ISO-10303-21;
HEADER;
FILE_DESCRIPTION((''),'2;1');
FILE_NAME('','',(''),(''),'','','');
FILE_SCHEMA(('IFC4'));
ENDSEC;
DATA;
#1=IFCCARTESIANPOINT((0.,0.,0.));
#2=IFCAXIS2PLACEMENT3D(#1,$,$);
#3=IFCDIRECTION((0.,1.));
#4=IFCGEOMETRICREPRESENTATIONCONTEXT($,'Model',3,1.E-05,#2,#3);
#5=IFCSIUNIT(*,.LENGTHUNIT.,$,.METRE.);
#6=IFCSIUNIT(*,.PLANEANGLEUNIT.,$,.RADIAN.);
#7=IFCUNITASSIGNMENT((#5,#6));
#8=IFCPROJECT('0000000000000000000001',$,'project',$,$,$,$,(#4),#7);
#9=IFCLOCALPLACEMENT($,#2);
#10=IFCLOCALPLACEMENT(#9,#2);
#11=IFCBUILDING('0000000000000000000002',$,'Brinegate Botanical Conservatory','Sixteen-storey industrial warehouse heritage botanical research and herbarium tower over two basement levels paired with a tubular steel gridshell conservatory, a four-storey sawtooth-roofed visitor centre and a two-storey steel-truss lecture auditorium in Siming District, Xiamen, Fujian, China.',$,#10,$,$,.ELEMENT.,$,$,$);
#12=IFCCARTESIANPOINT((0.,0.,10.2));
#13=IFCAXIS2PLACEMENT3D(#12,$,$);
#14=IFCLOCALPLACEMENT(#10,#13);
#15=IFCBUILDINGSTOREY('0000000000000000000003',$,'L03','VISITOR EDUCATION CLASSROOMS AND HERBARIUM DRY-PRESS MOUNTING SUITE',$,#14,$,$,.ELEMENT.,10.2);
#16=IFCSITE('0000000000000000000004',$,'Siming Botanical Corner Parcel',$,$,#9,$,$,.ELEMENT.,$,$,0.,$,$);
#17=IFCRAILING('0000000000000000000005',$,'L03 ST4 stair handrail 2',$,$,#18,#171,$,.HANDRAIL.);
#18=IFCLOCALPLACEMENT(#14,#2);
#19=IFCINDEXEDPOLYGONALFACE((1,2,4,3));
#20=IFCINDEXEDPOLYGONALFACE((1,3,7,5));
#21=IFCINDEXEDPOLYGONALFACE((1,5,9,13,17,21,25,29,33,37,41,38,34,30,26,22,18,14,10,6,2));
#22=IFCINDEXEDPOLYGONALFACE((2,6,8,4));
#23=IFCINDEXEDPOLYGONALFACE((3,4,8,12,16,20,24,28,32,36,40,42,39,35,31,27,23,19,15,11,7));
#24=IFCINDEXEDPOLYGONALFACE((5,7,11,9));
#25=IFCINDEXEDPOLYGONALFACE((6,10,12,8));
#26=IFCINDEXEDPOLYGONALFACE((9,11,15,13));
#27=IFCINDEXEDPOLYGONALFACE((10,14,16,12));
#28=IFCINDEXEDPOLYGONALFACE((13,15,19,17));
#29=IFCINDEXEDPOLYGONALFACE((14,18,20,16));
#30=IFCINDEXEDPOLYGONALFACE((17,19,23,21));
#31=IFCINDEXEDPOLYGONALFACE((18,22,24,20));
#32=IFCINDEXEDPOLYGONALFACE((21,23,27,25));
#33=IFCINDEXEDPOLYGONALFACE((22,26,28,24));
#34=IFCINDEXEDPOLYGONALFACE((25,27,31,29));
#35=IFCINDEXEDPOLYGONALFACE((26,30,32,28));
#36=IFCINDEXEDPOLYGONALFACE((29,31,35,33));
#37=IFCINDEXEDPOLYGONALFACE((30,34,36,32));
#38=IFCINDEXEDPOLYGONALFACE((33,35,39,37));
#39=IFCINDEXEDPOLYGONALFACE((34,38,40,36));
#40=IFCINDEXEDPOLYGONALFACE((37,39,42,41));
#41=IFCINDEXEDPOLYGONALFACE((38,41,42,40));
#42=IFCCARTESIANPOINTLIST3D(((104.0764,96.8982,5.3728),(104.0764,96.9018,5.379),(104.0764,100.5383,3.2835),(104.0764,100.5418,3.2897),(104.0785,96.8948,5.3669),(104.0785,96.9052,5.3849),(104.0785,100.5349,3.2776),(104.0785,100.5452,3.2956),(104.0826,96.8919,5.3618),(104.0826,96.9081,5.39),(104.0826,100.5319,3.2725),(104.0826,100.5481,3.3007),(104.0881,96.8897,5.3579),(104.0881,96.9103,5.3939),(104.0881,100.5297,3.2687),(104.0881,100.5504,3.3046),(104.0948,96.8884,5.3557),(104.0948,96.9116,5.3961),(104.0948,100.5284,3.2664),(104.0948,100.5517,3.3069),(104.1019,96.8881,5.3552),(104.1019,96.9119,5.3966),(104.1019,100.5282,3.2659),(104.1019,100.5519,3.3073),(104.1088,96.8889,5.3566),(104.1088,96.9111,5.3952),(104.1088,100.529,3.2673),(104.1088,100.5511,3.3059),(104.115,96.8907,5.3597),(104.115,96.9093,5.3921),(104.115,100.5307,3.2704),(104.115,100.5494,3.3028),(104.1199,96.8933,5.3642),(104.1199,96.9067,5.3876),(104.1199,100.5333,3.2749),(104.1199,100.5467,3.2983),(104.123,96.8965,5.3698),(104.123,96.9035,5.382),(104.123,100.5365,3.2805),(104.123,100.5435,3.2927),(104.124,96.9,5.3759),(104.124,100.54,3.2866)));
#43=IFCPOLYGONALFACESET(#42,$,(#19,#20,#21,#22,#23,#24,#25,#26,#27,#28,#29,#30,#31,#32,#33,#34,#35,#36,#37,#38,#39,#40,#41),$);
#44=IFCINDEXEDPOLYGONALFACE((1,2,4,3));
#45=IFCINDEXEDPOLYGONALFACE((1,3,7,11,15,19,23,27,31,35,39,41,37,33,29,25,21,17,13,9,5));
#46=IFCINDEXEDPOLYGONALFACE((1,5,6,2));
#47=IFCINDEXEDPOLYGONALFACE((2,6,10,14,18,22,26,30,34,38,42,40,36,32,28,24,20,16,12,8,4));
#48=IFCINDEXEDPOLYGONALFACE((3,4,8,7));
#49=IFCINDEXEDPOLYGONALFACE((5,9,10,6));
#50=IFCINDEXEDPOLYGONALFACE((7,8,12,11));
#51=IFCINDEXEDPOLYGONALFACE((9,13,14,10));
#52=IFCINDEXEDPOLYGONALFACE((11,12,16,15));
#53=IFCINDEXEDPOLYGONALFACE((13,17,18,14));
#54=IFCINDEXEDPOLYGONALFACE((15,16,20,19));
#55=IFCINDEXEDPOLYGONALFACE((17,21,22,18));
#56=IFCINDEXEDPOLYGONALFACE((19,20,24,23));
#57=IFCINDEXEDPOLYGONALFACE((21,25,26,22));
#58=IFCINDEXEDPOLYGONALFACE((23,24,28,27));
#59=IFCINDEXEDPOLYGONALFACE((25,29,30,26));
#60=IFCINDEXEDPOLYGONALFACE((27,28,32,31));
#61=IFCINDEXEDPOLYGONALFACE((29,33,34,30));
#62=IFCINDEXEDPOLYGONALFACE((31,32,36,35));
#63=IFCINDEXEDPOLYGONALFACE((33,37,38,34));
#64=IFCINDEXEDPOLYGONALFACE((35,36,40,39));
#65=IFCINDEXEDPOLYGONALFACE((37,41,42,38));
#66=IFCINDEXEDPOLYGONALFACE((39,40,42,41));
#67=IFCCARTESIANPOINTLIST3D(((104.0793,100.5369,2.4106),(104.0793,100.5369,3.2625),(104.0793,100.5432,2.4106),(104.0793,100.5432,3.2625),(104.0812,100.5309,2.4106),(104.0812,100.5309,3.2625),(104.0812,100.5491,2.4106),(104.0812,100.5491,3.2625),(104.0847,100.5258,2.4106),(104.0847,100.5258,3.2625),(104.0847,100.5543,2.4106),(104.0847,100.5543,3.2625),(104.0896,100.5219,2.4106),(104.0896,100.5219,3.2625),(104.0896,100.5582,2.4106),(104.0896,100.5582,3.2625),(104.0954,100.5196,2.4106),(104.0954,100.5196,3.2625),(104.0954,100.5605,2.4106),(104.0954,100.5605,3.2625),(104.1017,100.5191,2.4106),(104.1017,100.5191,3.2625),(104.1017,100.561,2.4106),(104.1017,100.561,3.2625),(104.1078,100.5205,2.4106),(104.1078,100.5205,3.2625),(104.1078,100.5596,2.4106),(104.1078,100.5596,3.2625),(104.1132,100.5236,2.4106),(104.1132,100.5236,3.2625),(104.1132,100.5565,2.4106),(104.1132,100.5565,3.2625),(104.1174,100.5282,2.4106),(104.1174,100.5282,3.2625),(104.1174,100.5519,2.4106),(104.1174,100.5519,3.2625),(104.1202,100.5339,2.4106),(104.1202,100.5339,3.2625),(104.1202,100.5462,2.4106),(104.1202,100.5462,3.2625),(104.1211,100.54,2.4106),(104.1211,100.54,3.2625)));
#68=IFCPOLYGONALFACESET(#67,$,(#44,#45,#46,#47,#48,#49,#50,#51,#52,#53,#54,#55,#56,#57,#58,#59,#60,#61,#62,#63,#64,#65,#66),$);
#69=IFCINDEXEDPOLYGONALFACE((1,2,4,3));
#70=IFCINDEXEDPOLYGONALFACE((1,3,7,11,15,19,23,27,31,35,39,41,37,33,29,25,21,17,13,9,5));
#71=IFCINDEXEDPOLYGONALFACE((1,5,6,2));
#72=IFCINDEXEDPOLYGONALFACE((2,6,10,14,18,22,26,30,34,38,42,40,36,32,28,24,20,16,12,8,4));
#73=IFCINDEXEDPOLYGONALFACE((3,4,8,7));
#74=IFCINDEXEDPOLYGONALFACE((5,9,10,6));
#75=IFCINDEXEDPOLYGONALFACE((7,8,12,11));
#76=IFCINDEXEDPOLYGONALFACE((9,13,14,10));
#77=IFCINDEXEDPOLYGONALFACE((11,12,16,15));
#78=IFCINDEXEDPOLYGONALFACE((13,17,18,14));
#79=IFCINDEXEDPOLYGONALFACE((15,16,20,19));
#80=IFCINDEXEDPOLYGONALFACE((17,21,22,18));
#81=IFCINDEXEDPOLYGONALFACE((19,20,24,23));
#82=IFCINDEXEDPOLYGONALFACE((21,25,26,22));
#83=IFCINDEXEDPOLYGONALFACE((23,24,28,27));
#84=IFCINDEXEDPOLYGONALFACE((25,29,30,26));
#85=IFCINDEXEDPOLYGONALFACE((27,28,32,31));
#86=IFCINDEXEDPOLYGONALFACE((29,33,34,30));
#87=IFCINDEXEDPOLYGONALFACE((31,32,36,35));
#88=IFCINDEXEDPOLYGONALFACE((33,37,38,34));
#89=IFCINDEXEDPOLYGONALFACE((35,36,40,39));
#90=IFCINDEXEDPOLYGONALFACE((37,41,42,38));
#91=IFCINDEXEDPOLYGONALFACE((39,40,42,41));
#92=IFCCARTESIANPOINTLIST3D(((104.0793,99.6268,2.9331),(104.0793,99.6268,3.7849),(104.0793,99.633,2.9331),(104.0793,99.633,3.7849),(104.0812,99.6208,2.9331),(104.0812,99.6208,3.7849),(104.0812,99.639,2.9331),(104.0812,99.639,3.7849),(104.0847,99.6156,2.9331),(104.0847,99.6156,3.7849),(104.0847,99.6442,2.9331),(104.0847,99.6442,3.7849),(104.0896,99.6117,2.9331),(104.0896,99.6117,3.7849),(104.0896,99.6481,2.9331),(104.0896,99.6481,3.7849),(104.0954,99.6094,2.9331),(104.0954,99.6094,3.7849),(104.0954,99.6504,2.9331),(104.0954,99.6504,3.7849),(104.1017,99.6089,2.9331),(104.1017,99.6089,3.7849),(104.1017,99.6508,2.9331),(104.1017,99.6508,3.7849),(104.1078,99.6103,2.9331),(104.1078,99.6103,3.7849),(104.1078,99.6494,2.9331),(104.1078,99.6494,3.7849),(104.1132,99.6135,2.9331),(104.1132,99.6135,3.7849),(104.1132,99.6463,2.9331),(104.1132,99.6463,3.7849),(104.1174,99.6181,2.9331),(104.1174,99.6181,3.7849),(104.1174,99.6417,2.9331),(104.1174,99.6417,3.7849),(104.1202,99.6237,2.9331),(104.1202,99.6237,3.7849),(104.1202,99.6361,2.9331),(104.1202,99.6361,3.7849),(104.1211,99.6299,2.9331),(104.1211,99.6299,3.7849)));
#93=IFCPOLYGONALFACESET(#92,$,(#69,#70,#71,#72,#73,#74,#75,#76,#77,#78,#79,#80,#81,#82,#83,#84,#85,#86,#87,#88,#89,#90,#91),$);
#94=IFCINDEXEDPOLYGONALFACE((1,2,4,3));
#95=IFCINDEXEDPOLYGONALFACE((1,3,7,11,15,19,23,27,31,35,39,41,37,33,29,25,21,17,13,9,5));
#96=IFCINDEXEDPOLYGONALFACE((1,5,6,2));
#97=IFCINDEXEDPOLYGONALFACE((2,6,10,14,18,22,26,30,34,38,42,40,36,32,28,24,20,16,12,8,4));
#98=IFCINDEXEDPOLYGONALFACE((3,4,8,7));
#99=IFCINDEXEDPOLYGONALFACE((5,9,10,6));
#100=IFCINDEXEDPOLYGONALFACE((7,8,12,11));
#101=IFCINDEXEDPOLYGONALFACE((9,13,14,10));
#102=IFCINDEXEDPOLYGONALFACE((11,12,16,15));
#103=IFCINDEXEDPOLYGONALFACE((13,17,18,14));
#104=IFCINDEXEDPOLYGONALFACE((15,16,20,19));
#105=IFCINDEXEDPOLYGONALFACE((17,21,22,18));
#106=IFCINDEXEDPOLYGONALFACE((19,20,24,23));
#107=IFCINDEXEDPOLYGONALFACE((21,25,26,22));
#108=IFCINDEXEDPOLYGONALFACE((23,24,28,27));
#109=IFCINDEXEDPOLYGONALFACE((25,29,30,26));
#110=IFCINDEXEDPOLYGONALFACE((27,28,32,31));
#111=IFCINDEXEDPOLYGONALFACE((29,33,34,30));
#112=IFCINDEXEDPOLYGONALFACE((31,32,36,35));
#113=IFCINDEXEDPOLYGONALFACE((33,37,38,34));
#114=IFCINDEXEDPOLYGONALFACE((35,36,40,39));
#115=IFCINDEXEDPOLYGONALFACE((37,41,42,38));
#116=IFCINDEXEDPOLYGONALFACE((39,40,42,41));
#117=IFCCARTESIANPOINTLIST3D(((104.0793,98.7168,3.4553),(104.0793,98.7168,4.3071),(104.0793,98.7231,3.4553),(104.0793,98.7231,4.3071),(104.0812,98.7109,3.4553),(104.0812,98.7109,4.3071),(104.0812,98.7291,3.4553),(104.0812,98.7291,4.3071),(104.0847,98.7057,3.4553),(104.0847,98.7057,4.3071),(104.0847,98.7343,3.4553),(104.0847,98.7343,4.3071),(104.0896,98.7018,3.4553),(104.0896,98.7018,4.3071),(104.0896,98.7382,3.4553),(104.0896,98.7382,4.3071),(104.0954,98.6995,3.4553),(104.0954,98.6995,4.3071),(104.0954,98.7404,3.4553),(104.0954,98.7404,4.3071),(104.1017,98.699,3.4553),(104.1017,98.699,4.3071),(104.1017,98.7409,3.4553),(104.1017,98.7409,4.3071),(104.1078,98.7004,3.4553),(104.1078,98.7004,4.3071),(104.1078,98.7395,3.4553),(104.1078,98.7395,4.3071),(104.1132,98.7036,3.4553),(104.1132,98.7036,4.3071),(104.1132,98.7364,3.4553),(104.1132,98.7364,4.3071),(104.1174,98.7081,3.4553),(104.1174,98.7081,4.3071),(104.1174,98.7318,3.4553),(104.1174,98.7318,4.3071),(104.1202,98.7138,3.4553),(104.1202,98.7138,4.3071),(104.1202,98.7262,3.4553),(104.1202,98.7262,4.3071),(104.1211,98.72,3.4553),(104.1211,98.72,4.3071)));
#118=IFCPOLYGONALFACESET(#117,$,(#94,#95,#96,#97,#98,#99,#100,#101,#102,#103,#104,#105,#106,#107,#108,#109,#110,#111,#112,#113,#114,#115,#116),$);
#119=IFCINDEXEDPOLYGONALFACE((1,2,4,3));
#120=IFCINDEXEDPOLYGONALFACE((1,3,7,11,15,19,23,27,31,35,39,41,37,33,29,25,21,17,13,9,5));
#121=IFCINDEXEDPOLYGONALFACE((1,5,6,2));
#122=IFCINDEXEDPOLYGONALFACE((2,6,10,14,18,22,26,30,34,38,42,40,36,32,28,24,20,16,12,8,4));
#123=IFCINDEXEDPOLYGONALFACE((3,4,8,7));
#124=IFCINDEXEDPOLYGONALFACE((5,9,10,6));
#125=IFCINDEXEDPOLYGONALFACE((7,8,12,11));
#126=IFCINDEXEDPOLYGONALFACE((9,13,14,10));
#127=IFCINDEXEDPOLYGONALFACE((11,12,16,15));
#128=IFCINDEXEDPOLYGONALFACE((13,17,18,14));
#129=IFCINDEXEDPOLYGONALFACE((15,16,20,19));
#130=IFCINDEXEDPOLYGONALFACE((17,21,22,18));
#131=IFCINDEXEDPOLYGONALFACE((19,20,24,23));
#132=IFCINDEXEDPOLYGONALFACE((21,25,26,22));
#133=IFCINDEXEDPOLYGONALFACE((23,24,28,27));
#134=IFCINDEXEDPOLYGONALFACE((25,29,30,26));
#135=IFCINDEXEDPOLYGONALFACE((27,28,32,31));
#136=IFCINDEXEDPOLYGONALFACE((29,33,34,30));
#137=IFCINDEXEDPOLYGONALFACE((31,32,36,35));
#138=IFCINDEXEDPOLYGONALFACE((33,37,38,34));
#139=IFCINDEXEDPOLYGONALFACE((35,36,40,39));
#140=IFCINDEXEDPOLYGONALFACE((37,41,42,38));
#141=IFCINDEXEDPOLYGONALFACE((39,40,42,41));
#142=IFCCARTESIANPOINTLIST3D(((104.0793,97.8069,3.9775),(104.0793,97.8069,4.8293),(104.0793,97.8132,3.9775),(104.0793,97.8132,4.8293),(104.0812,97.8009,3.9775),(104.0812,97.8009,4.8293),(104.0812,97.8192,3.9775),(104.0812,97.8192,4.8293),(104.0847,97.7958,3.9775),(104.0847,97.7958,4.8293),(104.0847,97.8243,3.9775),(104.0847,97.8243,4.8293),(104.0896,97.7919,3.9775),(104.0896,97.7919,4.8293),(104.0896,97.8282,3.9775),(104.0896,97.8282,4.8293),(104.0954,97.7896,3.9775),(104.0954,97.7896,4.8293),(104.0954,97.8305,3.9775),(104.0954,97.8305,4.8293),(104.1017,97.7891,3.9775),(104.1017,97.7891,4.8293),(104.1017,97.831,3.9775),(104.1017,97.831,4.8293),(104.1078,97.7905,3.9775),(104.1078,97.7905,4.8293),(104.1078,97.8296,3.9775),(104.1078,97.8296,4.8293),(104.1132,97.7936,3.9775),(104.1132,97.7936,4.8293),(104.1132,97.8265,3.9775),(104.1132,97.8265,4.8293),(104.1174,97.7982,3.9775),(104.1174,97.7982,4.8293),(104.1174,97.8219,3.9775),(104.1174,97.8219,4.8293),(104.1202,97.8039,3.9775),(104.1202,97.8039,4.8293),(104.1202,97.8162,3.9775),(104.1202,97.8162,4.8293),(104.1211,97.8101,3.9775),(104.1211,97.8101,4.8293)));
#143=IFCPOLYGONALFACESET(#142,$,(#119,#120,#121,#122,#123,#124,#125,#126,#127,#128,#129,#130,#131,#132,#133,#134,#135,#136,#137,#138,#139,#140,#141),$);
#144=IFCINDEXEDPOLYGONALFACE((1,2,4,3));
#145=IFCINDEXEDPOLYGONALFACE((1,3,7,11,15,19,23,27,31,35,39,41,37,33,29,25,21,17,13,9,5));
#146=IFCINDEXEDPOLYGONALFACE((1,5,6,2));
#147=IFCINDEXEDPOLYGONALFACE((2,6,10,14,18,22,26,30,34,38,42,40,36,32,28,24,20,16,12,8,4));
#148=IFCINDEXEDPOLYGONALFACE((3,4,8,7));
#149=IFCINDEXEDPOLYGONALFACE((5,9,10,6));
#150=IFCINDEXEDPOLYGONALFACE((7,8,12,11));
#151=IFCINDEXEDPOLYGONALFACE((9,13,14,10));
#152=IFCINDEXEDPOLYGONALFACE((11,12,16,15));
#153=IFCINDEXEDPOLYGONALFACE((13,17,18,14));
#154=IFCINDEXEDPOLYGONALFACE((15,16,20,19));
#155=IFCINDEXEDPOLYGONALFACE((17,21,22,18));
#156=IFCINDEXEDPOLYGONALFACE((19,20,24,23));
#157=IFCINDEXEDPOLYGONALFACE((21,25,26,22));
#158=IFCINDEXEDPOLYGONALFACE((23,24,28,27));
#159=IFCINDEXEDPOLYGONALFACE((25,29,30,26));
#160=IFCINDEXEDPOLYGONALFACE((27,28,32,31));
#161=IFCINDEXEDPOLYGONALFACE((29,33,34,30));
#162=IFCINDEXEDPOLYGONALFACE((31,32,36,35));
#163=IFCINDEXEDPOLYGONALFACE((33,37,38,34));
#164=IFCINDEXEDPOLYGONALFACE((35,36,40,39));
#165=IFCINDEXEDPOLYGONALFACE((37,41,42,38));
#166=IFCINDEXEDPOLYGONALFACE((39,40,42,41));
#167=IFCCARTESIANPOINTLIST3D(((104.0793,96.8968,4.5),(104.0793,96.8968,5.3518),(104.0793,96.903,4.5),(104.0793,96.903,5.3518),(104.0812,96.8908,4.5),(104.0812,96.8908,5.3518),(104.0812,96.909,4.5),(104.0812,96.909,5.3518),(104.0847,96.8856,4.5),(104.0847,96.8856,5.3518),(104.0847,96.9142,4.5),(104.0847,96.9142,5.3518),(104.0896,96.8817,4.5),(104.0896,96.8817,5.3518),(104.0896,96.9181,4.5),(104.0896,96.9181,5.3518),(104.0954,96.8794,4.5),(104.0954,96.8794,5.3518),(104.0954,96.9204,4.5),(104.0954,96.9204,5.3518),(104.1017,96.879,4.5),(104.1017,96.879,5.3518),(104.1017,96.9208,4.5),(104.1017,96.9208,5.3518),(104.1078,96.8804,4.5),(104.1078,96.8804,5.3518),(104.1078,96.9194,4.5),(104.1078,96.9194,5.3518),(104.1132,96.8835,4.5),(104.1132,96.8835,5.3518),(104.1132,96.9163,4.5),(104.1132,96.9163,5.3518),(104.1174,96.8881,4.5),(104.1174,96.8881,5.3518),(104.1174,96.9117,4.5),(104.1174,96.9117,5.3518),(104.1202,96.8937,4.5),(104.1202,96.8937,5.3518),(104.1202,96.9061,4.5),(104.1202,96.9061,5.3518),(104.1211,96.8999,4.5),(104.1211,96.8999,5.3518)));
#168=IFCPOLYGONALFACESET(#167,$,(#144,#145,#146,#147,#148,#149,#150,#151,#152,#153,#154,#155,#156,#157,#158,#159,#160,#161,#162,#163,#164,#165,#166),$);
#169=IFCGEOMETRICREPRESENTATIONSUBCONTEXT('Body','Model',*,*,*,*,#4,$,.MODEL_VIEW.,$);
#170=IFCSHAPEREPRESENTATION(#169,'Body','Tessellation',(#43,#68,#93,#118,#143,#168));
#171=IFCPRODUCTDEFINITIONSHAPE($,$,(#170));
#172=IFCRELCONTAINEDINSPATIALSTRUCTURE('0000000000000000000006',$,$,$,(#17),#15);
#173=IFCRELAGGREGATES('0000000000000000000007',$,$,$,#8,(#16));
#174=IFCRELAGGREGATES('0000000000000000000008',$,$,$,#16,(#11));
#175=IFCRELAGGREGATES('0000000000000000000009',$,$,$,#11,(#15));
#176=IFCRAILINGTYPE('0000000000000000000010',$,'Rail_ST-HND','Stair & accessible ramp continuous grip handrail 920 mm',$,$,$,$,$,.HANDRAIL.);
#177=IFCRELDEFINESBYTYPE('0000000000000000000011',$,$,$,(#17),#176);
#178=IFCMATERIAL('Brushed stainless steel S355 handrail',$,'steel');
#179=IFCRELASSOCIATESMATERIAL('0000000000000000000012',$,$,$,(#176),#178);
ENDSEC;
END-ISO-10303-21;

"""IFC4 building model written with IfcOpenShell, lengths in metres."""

from ifc_helpers import new_model, si_unit, direction, frame, origin, origin_2d, place, context, subcontext, project, spatial, circle, extrude, material, type_object, element, save


model = new_model("IFC4")

# Units and contexts
model_context = context("Model", 3, precision=1e-05, world=origin(), true_north=direction((0.0, 1.0)))
body_context = subcontext(model_context, "Body", "Model", "MODEL_VIEW")
ifc_project = project(units=[si_unit("LENGTHUNIT", "METRE"), si_unit("PLANEANGLEUNIT", "RADIAN")], contexts=[model_context])

# Site, building, storey
site_placement = place(None, origin())
site = spatial("IfcSite", under=ifc_project, at=site_placement, Name="Siming Botanical Corner Parcel", CompositionType="ELEMENT", RefElevation=0.0)
building_placement = place(site_placement, origin())
building = spatial("IfcBuilding", under=site, at=building_placement, Name="Brinegate Botanical Conservatory", Description="Sixteen-storey industrial warehouse heritage botanical research and herbarium tower over two basement levels paired with a tubular steel gridshell conservatory, a four-storey sawtooth-roofed visitor centre and a two-storey steel-truss lecture auditorium in Siming District, Xiamen, Fujian, China.", CompositionType="ELEMENT")
storey_placement = place(building_placement, frame((0.0, 0.0, 10.2)))
storey = spatial("IfcBuildingStorey", under=building, at=storey_placement, Name="L03", Description="VISITOR EDUCATION CLASSROOMS AND HERBARIUM DRY-PRESS MOUNTING SUITE", CompositionType="ELEMENT", Elevation=10.2)

# Railing
ifc_material_1 = material(Name="Brushed stainless steel S355 handrail", Category="steel")
railing_type_1 = type_object("IfcRailingType", Name="Rail_ST-HND", Description="Stair & accessible ramp continuous grip handrail 920 mm", PredefinedType="HANDRAIL", material=ifc_material_1)
railing_1_placement = place(storey_placement, frame((104.1001, 100.54, 2.4106)))
element("IfcRailing", 1, at=railing_1_placement, inside=storey, type_object=railing_type_1, Name="L03 ST4 stair handrail 2", PredefinedType="HANDRAIL", context=body_context, shape_type="SweptSolid", body=[
    extrude(circle(Radius=0.0239, at=origin_2d()), frame((0.0, 0.0, 0.876), z_axis=(0.0, -0.867289, 0.497804), x_axis=(1.0, 0.0, 0.0)), (0.0, 0.0, 1.0), 4.197),
    extrude(circle(Radius=0.021, at=origin_2d()), origin(), (0.0, 0.0, 1.0), 0.8518),
    extrude(circle(Radius=0.021, at=origin_2d()), frame((0.0, -0.9102, 0.5225)), (0.0, 0.0, 1.0), 0.8518),
    extrude(circle(Radius=0.021, at=origin_2d()), frame((0.0, -1.8201, 1.0447)), (0.0, 0.0, 1.0), 0.8518),
    extrude(circle(Radius=0.021, at=origin_2d()), frame((0.0, -2.73, 1.5669)), (0.0, 0.0, 1.0), 0.8518),
    extrude(circle(Radius=0.021, at=origin_2d()), frame((0.0, -3.6401, 2.0894)), (0.0, 0.0, 1.0), 0.8518),
])

save(model, "model.ifc")
